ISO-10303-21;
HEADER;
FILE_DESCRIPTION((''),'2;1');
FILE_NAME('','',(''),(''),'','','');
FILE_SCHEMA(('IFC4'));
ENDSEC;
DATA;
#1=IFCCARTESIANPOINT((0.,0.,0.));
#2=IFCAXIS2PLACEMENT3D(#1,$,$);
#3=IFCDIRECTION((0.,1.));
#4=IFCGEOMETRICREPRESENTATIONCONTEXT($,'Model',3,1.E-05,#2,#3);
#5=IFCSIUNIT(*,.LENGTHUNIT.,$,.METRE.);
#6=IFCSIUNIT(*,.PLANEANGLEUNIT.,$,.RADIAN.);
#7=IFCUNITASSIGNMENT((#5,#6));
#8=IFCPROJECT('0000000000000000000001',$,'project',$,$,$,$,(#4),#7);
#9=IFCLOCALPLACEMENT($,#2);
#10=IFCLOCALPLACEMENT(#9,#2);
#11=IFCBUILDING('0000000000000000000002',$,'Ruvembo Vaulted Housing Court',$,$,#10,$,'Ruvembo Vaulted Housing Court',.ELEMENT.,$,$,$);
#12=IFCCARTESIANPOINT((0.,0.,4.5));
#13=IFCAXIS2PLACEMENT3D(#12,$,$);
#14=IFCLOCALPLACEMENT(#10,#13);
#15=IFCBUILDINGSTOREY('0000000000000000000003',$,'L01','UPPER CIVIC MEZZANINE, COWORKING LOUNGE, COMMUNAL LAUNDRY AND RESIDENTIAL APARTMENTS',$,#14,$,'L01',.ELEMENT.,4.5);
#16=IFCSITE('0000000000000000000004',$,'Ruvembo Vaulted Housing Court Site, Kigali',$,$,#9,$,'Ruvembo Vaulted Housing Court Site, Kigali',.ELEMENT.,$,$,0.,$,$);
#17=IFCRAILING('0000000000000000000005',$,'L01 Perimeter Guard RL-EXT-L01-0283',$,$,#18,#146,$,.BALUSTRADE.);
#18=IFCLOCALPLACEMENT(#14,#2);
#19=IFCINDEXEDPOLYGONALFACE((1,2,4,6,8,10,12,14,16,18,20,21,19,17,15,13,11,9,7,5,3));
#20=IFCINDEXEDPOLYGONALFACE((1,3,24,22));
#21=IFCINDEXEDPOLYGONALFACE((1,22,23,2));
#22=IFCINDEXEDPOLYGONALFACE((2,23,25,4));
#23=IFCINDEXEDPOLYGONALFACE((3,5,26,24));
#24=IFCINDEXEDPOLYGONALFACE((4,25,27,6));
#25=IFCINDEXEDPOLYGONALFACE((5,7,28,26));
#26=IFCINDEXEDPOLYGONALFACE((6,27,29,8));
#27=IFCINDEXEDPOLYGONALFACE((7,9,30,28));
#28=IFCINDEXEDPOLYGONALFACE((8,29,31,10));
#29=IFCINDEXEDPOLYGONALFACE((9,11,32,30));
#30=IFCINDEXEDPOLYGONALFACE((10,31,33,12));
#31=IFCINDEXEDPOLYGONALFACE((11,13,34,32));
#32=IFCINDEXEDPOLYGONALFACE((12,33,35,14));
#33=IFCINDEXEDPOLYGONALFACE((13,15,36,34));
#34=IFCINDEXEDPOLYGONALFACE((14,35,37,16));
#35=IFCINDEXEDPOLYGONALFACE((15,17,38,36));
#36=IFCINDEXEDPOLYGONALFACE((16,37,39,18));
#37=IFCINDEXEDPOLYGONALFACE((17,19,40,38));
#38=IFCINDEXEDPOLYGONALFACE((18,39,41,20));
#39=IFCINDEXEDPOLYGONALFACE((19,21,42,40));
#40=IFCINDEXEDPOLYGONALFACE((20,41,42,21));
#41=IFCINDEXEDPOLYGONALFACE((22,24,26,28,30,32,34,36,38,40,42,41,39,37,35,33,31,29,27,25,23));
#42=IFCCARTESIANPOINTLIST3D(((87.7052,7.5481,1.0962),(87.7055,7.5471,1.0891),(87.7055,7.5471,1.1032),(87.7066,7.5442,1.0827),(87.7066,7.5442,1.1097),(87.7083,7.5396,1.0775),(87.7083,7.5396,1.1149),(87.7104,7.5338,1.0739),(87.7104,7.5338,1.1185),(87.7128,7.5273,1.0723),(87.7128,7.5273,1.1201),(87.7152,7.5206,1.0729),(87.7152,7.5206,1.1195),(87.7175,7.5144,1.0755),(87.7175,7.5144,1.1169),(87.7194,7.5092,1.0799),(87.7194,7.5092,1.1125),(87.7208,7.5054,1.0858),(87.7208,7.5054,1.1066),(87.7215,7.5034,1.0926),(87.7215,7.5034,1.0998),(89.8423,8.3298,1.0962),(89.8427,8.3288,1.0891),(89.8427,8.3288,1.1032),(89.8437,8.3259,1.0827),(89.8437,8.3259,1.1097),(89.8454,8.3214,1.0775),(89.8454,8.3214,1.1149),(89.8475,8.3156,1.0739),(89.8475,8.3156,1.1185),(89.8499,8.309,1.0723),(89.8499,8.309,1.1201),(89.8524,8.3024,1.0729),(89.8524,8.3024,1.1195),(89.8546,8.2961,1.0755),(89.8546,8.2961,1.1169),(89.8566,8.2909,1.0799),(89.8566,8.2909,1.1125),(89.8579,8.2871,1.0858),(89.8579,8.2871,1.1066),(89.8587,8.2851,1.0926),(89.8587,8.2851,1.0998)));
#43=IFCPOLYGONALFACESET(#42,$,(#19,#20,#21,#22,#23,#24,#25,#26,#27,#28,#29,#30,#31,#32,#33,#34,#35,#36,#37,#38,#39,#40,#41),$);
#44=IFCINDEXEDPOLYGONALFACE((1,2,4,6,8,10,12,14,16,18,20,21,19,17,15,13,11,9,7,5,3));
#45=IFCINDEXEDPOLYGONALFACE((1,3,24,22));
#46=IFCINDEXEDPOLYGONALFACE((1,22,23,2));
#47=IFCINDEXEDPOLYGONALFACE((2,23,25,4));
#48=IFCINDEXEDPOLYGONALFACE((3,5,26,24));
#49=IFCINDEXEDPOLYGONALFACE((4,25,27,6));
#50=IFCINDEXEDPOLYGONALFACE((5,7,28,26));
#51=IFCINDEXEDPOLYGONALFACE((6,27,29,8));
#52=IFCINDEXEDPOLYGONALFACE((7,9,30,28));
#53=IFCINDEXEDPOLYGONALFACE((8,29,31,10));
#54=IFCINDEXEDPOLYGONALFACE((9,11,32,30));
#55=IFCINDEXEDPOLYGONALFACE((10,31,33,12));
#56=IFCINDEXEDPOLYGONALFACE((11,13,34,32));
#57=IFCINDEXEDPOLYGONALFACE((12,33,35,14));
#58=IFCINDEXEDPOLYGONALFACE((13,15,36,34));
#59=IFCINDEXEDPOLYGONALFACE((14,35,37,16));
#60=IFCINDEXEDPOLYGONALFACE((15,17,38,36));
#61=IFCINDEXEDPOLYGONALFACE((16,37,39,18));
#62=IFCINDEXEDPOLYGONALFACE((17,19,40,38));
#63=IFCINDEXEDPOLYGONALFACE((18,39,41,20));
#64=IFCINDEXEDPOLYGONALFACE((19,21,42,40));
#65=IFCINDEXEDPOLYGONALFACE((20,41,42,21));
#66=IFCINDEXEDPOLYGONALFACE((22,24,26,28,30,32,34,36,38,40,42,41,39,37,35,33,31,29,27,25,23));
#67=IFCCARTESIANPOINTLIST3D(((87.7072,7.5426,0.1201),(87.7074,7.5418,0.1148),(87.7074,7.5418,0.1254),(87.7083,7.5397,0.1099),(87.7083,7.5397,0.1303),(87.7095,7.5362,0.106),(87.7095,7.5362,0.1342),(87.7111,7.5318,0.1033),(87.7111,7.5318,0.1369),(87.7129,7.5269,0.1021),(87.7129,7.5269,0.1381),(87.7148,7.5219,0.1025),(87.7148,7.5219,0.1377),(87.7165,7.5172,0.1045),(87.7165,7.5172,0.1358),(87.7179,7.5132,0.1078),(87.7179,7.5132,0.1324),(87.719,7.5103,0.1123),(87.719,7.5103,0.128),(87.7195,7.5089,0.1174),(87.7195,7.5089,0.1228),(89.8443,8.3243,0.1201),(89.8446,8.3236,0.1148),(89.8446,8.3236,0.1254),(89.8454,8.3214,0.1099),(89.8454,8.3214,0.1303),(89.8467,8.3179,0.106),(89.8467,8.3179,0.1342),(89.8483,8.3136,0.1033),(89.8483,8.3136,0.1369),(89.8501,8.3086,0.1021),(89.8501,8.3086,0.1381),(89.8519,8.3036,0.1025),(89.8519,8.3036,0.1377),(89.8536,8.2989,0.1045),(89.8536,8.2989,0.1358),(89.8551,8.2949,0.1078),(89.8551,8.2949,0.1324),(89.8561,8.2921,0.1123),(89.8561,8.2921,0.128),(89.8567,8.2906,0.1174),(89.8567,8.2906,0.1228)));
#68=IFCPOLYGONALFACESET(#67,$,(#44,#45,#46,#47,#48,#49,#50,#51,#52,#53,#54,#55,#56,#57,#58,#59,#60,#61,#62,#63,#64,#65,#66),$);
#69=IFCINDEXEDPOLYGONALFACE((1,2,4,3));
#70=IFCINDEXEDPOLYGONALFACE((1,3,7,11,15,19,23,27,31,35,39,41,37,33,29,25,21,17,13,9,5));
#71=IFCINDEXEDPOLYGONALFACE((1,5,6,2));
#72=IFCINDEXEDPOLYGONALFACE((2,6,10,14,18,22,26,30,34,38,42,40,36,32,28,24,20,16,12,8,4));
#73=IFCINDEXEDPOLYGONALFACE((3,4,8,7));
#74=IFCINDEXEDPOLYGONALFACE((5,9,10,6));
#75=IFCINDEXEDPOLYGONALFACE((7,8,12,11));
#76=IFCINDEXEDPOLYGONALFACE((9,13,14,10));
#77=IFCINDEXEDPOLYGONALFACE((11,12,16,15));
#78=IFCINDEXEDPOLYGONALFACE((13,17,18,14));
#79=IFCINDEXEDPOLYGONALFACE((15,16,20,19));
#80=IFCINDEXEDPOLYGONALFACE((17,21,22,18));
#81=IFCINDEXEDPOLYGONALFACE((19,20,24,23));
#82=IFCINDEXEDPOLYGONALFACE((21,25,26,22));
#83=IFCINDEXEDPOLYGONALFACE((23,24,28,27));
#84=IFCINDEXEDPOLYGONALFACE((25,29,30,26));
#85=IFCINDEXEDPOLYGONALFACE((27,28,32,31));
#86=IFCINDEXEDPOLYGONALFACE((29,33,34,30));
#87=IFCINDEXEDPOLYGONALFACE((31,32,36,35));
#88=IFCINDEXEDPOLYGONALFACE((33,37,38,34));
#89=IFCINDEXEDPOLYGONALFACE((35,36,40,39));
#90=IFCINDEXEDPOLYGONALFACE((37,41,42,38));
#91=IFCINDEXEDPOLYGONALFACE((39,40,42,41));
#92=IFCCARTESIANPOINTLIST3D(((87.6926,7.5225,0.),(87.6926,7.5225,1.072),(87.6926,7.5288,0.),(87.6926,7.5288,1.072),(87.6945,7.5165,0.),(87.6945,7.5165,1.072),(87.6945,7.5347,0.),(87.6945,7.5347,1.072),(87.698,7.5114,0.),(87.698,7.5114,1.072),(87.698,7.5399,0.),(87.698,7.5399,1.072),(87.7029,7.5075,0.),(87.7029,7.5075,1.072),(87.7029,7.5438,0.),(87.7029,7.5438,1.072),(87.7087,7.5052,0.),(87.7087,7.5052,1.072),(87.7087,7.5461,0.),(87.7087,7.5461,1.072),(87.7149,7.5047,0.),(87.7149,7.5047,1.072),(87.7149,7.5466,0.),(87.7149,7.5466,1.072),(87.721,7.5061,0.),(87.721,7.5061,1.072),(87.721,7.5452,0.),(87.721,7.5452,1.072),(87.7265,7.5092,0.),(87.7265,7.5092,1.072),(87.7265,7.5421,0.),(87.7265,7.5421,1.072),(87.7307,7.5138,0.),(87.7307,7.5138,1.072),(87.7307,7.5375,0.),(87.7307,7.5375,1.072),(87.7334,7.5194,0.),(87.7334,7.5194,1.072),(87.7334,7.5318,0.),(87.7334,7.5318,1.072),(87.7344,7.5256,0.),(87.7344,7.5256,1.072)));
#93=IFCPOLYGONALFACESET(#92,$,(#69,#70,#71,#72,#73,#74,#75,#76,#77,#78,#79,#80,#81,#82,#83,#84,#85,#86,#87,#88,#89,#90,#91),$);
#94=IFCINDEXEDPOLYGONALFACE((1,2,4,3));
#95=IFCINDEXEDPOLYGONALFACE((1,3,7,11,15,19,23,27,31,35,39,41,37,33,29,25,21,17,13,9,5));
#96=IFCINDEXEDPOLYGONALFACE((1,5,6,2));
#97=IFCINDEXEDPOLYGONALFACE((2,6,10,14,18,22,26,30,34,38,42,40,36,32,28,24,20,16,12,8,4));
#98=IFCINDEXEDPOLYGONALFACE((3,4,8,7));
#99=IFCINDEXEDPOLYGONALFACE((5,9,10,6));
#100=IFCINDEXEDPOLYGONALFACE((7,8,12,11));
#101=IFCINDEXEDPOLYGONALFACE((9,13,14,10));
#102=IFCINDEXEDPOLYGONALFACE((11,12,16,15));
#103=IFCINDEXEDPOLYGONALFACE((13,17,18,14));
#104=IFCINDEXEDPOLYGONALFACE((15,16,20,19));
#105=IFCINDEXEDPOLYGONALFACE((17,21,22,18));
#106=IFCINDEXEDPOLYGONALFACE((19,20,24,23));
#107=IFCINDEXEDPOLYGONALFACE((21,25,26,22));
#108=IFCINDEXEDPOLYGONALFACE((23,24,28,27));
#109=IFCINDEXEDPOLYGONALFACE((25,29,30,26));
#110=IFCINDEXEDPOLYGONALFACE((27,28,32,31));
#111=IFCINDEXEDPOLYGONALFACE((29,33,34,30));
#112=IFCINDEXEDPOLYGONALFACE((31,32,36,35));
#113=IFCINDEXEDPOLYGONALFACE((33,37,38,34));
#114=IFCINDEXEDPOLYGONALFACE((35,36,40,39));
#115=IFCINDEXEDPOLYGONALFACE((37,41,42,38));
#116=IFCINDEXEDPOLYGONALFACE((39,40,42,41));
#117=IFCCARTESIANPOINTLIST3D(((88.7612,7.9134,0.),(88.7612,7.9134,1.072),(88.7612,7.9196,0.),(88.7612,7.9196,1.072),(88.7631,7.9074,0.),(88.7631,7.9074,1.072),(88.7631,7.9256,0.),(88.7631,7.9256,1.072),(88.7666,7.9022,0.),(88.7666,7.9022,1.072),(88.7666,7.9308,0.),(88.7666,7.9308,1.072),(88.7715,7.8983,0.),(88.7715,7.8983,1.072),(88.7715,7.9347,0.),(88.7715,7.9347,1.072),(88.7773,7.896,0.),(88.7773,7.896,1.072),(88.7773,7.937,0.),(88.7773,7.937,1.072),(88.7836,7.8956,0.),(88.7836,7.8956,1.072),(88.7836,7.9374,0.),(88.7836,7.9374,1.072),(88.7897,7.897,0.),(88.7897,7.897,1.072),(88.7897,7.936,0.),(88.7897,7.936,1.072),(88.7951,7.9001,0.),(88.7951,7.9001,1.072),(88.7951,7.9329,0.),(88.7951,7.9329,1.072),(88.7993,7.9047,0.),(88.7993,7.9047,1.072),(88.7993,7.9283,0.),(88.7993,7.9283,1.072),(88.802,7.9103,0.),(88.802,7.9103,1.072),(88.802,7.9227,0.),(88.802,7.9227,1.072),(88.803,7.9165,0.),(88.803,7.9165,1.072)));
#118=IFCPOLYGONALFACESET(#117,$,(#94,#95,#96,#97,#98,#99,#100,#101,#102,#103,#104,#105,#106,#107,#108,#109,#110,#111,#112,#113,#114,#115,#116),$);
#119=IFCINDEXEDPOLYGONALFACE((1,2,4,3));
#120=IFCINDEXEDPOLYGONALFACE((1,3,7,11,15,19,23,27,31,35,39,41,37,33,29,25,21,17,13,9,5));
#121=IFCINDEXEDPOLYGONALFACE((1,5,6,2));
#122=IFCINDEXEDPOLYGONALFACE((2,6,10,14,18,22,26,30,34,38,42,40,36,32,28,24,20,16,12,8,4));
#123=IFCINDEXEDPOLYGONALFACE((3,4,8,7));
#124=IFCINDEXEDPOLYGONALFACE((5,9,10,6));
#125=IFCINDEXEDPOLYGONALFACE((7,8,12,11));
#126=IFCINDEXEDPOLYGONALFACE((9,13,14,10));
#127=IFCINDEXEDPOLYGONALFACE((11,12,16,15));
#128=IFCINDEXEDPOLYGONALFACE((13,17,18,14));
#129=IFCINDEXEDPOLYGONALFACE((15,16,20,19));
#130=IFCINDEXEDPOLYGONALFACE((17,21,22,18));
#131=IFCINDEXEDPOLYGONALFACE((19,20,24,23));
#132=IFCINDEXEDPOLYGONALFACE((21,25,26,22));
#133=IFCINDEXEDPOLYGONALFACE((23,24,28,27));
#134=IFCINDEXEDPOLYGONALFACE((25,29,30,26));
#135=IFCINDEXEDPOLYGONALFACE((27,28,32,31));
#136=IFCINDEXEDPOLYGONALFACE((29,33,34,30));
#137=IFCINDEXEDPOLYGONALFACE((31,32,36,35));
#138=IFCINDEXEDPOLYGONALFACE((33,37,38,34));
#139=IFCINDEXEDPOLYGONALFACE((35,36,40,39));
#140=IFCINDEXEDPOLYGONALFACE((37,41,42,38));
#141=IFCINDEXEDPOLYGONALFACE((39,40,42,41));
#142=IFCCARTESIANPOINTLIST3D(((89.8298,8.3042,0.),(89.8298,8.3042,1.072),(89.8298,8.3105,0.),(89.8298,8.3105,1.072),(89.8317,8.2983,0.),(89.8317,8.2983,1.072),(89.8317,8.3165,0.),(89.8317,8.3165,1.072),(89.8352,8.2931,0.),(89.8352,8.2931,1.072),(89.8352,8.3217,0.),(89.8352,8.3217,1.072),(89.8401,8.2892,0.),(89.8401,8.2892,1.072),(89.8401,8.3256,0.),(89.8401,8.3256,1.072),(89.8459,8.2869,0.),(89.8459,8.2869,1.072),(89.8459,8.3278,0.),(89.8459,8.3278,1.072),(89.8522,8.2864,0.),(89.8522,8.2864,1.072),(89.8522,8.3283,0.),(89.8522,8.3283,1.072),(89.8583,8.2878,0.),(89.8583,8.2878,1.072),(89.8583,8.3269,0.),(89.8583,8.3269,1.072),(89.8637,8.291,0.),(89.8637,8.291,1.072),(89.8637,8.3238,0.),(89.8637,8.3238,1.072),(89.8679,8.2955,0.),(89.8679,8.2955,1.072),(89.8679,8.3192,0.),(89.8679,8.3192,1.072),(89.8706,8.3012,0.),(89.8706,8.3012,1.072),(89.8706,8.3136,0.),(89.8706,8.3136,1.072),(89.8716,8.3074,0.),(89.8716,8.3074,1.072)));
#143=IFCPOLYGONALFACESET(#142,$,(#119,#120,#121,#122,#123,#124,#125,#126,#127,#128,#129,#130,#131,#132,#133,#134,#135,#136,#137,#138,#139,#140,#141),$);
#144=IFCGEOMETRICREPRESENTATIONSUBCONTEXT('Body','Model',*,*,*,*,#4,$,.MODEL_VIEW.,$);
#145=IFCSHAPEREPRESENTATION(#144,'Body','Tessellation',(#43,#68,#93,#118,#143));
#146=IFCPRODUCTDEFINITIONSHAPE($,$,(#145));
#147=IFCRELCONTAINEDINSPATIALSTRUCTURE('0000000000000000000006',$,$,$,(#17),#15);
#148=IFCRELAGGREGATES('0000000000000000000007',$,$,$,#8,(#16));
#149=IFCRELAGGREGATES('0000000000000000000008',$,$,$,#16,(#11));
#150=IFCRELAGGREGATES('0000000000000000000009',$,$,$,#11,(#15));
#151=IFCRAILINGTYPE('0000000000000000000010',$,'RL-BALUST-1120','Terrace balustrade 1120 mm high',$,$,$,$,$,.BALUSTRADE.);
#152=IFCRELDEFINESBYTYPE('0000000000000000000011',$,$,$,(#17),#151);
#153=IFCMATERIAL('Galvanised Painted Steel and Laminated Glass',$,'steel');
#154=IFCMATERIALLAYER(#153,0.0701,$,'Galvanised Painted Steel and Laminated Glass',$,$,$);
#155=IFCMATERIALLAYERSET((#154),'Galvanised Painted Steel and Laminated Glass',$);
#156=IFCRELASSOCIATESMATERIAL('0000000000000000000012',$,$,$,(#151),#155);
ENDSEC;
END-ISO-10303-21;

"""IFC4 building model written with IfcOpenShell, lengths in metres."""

from ifc_helpers import new_model, si_unit, direction, frame, origin, origin_2d, place, context, subcontext, project, spatial, circle, extrude, material, layer, layer_set, type_object, element, save


model = new_model("IFC4")

# Units and contexts
model_context = context("Model", 3, precision=1e-05, world=origin(), true_north=direction((0.0, 1.0)))
body_context = subcontext(model_context, "Body", "Model", "MODEL_VIEW")
ifc_project = project(units=[si_unit("LENGTHUNIT", "METRE"), si_unit("PLANEANGLEUNIT", "RADIAN")], contexts=[model_context])

# Site, building, storey
site_placement = place(None, origin())
site = spatial("IfcSite", under=ifc_project, at=site_placement, Name="Ruvembo Vaulted Housing Court Site, Kigali", LongName="Ruvembo Vaulted Housing Court Site, Kigali", CompositionType="ELEMENT", RefElevation=0.0)
building_placement = place(site_placement, origin())
building = spatial("IfcBuilding", under=site, at=building_placement, Name="Ruvembo Vaulted Housing Court", LongName="Ruvembo Vaulted Housing Court", CompositionType="ELEMENT")
storey_placement = place(building_placement, frame((0.0, 0.0, 4.5)))
storey = spatial("IfcBuildingStorey", under=building, at=storey_placement, Name="L01", Description="UPPER CIVIC MEZZANINE, COWORKING LOUNGE, COMMUNAL LAUNDRY AND RESIDENTIAL APARTMENTS", LongName="L01", CompositionType="ELEMENT", Elevation=4.5)

# Railing
ifc_material_1 = material(Name="Galvanised Painted Steel and Laminated Glass", Category="steel")
ifc_layer_1 = layer(ifc_material_1, 0.0701, Name="Galvanised Painted Steel and Laminated Glass")
ifc_layer_set_1 = layer_set([ifc_layer_1], Name="Galvanised Painted Steel and Laminated Glass")
railing_type = type_object("IfcRailingType", Name="RL-BALUST-1120", Description="Terrace balustrade 1120 mm high", PredefinedType="BALUSTRADE", material=ifc_layer_set_1)
railing_1_placement = place(storey_placement, frame((87.7134, 7.5256, 0.0)))
element("IfcRailing", 1, at=railing_1_placement, inside=storey, type_object=railing_type, Name="L01 Perimeter Guard RL-EXT-L01-0283", PredefinedType="BALUSTRADE", context=body_context, shape_type="SweptSolid", body=[
    extrude(circle(Radius=0.0239, at=origin_2d()), frame((0.0, 0.0, 1.0962), z_axis=(0.939146, 0.343517, 0.0), x_axis=(-0.343517, 0.939146, 0.0)), (0.0, 0.0, 1.0), 2.2756),
    extrude(circle(Radius=0.0181, at=origin_2d()), frame((0.0, 0.0, 0.1201), z_axis=(0.939146, 0.343517, 0.0), x_axis=(-0.343517, 0.939146, 0.0)), (0.0, 0.0, 1.0), 2.2756),
    extrude(circle(Radius=0.021, at=origin_2d()), origin(), (0.0, 0.0, 1.0), 1.072),
    extrude(circle(Radius=0.021, at=origin_2d()), frame((1.0686, 0.3909, 0.0)), (0.0, 0.0, 1.0), 1.072),
    extrude(circle(Radius=0.021, at=origin_2d()), frame((2.1372, 0.7817, 0.0)), (0.0, 0.0, 1.0), 1.072),
])

save(model, "model.ifc")
